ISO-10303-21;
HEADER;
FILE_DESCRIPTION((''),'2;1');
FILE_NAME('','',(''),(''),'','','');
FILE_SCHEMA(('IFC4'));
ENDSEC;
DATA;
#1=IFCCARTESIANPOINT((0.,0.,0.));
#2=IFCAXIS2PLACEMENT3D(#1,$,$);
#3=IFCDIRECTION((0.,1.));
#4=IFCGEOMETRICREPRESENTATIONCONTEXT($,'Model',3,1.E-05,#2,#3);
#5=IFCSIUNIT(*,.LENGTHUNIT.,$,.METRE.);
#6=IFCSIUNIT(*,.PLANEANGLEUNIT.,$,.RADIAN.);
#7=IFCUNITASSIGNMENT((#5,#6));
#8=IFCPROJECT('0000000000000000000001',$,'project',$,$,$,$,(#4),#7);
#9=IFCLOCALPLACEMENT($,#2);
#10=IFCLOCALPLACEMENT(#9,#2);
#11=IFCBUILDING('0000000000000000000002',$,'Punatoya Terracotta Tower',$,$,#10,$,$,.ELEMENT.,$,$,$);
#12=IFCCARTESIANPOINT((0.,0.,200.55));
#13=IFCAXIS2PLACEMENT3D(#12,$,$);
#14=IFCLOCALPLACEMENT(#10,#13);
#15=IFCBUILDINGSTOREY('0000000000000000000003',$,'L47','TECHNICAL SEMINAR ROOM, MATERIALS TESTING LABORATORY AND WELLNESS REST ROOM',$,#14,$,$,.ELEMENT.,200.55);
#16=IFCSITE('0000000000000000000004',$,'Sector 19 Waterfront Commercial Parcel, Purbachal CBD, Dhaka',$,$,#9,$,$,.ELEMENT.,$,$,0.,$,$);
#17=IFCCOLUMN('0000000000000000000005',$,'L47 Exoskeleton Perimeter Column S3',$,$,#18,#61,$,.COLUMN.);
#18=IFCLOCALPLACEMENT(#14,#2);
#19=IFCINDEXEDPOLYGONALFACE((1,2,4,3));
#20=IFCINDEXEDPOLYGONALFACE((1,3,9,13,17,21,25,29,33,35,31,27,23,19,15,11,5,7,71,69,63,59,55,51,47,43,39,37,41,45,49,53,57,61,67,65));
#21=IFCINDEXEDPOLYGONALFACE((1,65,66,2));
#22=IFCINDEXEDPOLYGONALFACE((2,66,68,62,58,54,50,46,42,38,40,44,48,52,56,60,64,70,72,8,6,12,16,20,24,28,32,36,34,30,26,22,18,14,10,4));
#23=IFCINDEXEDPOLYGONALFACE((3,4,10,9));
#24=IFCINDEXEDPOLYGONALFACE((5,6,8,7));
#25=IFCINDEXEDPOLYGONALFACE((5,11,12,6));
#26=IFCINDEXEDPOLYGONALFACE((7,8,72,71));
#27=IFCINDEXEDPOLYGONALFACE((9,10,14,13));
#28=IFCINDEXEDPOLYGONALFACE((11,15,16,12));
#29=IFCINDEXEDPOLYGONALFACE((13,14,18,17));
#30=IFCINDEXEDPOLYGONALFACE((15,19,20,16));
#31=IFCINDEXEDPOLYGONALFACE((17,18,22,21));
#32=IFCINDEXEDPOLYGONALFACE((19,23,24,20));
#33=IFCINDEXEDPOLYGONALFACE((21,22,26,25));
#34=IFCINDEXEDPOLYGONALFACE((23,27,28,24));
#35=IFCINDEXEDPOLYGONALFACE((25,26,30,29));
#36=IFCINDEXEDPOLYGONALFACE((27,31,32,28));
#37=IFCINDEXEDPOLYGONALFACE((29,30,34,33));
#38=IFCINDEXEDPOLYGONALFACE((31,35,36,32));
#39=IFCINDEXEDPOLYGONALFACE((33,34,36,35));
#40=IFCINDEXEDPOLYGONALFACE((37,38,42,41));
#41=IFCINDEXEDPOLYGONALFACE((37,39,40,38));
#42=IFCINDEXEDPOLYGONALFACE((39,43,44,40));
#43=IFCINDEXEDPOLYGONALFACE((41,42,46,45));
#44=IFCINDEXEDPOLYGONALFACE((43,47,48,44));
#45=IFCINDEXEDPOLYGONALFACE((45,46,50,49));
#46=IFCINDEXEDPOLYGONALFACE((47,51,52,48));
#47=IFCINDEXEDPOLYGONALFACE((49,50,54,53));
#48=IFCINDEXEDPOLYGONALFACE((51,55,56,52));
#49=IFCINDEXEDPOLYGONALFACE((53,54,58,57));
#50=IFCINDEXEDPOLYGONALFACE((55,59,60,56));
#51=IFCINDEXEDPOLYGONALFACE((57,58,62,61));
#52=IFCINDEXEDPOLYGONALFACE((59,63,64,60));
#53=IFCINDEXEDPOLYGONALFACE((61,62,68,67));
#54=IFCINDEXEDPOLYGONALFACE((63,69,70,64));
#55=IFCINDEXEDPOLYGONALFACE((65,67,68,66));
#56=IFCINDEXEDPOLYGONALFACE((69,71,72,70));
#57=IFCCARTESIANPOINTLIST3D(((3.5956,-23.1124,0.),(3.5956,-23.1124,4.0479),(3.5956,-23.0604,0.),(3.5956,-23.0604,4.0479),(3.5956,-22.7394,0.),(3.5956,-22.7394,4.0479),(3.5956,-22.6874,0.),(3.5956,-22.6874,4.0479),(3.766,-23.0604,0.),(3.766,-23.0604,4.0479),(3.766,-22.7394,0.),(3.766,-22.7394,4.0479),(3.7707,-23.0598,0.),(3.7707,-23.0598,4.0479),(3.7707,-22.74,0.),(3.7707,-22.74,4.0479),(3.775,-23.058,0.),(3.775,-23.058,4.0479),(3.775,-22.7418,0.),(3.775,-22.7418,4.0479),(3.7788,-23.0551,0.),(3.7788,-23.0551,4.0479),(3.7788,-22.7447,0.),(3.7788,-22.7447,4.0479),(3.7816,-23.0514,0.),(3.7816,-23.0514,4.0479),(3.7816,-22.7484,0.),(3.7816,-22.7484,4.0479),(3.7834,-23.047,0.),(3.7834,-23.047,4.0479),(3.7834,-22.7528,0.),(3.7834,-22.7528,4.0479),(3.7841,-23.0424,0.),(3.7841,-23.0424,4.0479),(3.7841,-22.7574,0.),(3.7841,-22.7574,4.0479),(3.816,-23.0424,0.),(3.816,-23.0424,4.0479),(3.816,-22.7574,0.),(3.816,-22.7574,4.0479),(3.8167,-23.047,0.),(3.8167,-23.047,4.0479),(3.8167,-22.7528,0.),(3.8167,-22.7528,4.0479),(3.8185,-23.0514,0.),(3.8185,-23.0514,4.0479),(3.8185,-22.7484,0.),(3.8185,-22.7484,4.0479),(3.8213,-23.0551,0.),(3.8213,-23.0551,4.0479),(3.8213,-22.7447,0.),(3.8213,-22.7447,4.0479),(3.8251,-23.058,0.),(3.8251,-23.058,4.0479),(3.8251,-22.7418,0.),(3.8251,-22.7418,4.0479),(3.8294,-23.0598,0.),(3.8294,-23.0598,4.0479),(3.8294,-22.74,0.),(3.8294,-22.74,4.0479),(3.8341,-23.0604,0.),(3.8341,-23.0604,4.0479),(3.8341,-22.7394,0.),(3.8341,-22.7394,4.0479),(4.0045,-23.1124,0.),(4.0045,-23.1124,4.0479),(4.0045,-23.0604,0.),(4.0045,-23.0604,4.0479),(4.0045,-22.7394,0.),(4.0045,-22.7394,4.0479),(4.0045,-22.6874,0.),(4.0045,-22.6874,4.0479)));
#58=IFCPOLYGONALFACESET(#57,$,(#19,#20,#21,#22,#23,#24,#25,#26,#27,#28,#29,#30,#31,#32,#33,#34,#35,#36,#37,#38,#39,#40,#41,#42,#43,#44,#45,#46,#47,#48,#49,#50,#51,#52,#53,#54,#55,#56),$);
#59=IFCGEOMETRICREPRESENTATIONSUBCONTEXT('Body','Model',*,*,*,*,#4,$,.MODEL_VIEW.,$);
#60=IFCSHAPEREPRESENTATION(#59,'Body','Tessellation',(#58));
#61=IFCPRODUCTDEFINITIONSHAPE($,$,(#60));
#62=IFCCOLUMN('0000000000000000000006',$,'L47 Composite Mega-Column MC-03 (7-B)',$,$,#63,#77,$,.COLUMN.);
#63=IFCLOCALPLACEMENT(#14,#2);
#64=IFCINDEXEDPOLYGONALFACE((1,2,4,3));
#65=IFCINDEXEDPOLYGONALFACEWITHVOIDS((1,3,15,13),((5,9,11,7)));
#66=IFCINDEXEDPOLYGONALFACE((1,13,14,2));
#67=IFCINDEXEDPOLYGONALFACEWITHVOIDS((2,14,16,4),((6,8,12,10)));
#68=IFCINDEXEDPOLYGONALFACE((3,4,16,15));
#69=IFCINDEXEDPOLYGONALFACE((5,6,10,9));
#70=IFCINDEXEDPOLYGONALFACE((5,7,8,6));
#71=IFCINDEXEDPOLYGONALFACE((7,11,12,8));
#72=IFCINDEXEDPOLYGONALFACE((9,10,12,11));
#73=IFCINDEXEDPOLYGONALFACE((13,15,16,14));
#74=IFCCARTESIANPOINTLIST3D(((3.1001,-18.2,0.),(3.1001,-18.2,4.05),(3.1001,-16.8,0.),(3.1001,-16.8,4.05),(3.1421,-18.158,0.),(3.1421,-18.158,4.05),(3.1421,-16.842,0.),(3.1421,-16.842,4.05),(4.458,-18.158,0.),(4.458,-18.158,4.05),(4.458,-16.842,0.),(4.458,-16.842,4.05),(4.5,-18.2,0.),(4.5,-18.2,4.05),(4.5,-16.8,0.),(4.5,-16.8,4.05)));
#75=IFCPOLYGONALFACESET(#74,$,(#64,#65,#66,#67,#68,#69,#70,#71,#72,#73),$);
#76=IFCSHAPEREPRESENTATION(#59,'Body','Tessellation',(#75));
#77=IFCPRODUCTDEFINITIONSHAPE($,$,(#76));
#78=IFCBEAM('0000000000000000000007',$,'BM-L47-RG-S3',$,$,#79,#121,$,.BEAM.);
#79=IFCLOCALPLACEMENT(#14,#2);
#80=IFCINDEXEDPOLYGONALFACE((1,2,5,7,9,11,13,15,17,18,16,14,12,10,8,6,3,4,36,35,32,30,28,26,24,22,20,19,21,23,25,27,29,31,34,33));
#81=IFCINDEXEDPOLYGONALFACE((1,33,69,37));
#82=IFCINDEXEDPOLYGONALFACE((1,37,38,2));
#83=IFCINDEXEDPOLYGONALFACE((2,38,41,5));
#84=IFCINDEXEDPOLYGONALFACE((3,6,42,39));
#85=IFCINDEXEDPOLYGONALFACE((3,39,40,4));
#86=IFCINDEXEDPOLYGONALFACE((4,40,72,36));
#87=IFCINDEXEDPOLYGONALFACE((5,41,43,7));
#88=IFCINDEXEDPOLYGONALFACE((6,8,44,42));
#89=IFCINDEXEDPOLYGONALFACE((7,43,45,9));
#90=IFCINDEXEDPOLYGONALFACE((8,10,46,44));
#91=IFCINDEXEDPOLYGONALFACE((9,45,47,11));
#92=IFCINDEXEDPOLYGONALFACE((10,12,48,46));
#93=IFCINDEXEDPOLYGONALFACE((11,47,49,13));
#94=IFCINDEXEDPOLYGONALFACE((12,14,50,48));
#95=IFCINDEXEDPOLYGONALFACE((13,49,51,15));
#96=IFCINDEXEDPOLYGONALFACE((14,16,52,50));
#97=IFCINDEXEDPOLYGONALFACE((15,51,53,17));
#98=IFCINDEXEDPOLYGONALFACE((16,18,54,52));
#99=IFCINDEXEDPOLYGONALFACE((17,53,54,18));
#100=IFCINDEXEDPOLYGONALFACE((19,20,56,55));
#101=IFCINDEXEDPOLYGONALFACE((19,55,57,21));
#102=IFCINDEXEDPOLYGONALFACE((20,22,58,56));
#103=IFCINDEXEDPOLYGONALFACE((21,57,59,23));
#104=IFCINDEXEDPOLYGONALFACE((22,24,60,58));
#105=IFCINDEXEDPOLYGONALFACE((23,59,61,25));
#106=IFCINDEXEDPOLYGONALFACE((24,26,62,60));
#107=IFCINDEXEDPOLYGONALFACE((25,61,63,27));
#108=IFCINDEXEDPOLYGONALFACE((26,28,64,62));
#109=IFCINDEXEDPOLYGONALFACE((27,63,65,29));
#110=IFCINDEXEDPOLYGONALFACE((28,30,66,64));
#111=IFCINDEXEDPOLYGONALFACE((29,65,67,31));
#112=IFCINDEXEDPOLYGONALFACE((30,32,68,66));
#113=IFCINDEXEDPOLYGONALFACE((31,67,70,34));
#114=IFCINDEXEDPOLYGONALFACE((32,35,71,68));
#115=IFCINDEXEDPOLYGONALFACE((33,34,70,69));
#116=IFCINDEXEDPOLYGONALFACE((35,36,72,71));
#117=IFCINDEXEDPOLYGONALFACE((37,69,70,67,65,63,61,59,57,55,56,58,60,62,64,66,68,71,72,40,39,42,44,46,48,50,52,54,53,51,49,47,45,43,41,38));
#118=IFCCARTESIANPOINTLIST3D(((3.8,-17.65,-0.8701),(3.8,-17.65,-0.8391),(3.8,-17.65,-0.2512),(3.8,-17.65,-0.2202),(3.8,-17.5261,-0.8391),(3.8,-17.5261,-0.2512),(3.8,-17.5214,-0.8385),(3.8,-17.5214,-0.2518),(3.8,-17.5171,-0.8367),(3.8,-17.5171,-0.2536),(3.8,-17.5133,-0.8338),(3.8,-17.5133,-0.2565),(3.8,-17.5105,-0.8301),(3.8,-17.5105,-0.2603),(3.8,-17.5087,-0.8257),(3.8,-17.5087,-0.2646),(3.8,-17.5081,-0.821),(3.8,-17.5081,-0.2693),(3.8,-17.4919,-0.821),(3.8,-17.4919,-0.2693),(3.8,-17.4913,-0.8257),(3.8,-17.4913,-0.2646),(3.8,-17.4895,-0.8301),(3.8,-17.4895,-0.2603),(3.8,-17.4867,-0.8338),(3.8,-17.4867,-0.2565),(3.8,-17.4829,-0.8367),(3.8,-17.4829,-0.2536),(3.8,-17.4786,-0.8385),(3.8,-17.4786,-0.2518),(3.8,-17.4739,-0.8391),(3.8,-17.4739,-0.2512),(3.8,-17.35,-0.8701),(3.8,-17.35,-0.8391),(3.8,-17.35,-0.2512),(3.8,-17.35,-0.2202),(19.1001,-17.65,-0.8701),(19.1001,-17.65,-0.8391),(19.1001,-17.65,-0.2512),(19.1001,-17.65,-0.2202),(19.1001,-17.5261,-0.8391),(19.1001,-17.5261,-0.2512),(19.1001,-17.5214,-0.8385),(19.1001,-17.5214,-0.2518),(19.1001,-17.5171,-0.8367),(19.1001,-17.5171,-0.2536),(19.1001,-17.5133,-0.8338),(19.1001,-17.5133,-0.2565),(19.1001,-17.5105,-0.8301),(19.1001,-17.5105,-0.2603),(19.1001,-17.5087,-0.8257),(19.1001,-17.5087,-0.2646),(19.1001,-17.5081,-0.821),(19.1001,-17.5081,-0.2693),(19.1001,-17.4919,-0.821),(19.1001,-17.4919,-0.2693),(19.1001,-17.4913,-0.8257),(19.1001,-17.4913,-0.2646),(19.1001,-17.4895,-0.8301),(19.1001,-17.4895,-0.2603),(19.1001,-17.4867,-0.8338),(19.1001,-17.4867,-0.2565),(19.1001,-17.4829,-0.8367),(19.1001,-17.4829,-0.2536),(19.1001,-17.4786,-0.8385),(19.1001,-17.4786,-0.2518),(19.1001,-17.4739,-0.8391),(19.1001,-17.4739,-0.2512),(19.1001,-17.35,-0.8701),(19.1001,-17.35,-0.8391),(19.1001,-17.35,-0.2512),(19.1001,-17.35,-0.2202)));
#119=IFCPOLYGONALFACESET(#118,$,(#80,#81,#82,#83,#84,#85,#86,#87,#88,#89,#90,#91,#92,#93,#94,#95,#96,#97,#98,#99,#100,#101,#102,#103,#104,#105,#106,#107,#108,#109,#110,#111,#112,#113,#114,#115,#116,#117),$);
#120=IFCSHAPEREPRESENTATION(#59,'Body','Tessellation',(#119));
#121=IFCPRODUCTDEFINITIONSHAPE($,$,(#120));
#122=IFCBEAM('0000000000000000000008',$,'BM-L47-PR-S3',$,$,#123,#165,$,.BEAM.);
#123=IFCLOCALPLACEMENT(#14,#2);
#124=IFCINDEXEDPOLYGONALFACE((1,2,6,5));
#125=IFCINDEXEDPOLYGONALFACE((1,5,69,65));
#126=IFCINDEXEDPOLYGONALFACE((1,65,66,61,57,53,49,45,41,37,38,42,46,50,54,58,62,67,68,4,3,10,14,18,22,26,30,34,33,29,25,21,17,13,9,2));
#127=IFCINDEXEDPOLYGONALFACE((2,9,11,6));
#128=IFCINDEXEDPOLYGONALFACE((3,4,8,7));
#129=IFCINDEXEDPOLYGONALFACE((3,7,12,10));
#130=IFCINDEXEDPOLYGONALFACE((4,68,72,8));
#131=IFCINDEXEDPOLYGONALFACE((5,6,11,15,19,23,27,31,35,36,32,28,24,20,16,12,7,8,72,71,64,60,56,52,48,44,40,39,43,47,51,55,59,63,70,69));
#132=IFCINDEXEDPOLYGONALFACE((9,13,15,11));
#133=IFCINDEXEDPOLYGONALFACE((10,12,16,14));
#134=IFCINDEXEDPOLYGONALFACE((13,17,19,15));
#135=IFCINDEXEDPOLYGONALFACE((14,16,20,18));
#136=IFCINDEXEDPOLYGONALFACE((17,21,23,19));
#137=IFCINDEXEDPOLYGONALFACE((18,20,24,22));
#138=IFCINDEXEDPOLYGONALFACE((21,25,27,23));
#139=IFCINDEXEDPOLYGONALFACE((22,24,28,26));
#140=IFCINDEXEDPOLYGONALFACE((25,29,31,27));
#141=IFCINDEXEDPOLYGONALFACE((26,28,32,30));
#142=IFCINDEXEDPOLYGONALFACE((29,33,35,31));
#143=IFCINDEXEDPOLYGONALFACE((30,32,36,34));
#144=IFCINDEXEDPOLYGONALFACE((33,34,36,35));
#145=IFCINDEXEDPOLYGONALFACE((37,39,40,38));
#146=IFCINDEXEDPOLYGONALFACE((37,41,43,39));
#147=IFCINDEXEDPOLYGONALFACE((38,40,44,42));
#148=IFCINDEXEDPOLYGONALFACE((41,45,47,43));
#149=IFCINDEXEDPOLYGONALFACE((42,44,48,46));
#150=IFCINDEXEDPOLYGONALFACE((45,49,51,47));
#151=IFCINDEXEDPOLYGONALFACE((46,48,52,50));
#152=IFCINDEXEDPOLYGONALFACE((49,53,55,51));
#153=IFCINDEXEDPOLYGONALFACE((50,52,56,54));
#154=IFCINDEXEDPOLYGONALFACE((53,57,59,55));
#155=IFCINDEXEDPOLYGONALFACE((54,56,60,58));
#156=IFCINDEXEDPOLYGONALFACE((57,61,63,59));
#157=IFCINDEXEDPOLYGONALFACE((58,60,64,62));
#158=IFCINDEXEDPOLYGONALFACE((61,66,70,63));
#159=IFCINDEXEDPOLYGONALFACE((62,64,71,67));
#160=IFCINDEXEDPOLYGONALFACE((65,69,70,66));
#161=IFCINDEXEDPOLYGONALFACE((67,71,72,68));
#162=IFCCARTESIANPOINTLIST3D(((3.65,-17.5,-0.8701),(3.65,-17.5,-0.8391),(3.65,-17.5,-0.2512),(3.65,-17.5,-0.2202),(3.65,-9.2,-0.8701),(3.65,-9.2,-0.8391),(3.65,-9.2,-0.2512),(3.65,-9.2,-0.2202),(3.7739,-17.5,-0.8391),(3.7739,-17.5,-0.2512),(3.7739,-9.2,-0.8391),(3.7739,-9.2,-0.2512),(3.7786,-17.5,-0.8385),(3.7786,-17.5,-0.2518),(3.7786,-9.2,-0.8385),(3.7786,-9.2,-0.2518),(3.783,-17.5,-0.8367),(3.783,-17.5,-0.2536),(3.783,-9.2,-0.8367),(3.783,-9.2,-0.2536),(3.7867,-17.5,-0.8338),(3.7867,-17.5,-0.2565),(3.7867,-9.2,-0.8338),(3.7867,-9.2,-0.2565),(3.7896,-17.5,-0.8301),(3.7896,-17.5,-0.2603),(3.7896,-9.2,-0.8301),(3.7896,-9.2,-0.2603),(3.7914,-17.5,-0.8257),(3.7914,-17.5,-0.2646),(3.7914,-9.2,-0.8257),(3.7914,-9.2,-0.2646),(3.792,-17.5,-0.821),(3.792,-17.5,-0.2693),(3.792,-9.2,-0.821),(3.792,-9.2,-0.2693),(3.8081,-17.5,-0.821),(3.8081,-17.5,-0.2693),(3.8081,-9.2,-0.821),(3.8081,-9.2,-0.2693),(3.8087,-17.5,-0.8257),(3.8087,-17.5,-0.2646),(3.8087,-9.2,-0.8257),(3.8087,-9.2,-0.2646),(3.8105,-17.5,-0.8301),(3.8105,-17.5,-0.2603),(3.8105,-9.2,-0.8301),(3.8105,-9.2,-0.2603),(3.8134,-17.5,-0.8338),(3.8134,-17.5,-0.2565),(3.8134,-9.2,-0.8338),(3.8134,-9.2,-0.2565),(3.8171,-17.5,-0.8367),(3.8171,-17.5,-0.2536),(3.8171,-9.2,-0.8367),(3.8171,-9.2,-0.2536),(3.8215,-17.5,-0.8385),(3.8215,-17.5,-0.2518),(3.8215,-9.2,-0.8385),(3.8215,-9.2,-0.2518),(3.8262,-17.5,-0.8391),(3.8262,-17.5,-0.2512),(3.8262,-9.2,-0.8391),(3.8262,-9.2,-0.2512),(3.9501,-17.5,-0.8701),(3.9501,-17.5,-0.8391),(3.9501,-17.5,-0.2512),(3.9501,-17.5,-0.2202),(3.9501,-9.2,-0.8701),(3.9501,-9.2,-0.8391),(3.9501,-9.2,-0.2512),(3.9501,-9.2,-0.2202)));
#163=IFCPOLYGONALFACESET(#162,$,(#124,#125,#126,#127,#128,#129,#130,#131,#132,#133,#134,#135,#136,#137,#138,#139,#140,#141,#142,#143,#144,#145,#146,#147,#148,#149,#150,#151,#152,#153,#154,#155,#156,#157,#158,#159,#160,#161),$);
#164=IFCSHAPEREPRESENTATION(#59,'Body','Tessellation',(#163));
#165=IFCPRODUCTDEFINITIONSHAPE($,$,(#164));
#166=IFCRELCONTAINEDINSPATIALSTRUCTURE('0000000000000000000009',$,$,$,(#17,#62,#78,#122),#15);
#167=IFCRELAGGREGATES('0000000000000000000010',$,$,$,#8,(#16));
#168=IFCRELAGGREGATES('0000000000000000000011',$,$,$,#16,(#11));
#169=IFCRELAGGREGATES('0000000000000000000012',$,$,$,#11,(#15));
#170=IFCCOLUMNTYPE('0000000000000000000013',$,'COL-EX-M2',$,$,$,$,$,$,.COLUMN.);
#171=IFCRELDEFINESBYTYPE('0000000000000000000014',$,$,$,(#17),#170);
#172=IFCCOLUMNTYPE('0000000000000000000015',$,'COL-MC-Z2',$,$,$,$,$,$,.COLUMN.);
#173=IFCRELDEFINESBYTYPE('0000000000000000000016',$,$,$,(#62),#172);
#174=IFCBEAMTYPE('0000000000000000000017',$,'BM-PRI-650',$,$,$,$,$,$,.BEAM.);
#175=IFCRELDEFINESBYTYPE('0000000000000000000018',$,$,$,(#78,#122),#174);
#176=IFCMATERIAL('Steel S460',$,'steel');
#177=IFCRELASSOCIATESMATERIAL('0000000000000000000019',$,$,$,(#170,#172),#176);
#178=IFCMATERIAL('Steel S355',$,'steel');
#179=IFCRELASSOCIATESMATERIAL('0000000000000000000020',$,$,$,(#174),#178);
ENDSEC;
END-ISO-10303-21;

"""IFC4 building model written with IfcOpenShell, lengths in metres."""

from ifc_helpers import new_model, si_unit, direction, frame, origin, origin_2d, place, context, subcontext, project, spatial, hollow_rectangle, i_section, extrude, material, material_profile, profile_set, type_object, element, save


model = new_model("IFC4")

# Units and contexts
model_context = context("Model", 3, precision=1e-05, world=origin(), true_north=direction((0.0, 1.0)))
body_context = subcontext(model_context, "Body", "Model", "MODEL_VIEW")
ifc_project = project(units=[si_unit("LENGTHUNIT", "METRE"), si_unit("PLANEANGLEUNIT", "RADIAN")], contexts=[model_context])

# Site, building, storey
site_placement = place(None, origin())
site = spatial("IfcSite", under=ifc_project, at=site_placement, Name="Sector 19 Waterfront Commercial Parcel, Purbachal CBD, Dhaka", CompositionType="ELEMENT", RefElevation=0.0)
building_placement = place(site_placement, origin())
building = spatial("IfcBuilding", under=site, at=building_placement, Name="Punatoya Terracotta Tower", CompositionType="ELEMENT")
storey_placement = place(building_placement, frame((0.0, 0.0, 200.55)))
storey = spatial("IfcBuildingStorey", under=building, at=storey_placement, Name="L47", Description="TECHNICAL SEMINAR ROOM, MATERIALS TESTING LABORATORY AND WELLNESS REST ROOM", CompositionType="ELEMENT", Elevation=200.55)

# Columns
ifc_material_1 = material(Name="Steel S460", Category="steel")
ifc_material_profile_1 = material_profile(ifc_material_1, i_section(OverallWidth=0.4089, OverallDepth=0.425, WebThickness=0.032, FlangeThickness=0.052, FilletRadius=0.0181, at=origin_2d()))
ifc_profile_set_1 = profile_set([ifc_material_profile_1], Name="Steel S460")
column_type_1 = type_object("IfcColumnType", Name="COL-EX-M2", PredefinedType="COLUMN", material=ifc_profile_set_1)
column_1_placement = place(storey_placement, frame((3.8, -22.8999, 0.0), z_axis=(0.0, 0.0, 1.0), x_axis=(1.0, 0.0, 0.0)))
element("IfcColumn", 1, at=column_1_placement, inside=storey, type_object=column_type_1, Name="L47 Exoskeleton Perimeter Column S3", PredefinedType="COLUMN", context=body_context, shape_type="SweptSolid", body=[
    extrude(i_section(OverallWidth=0.4089, OverallDepth=0.425, WebThickness=0.032, FlangeThickness=0.052, FilletRadius=0.0181, at=origin_2d()), origin(), (0.0, 0.0, 1.0), 4.0479),
])
ifc_material_profile_2 = material_profile(ifc_material_1, hollow_rectangle(XDim=1.3999, YDim=1.3999, WallThickness=0.042, at=origin_2d()))
ifc_profile_set_2 = profile_set([ifc_material_profile_2], Name="Steel S460")
column_type_2 = type_object("IfcColumnType", Name="COL-MC-Z2", PredefinedType="COLUMN", material=ifc_profile_set_2)
column_2_placement = place(storey_placement, frame((3.8, -17.5, 0.0), z_axis=(0.0, 0.0, 1.0), x_axis=(1.0, 0.0, 0.0)))
element("IfcColumn", 2, at=column_2_placement, inside=storey, type_object=column_type_2, Name="L47 Composite Mega-Column MC-03 (7-B)", PredefinedType="COLUMN", context=body_context, shape_type="SweptSolid", body=[
    extrude(hollow_rectangle(XDim=1.3999, YDim=1.3999, WallThickness=0.042, at=origin_2d()), origin(), (0.0, 0.0, 1.0), 4.05),
])

# Beams
ifc_material_2 = material(Name="Steel S355", Category="steel")
ifc_material_profile_3 = material_profile(ifc_material_2, i_section(OverallWidth=0.3, OverallDepth=0.6499, WebThickness=0.0161, FlangeThickness=0.031, FilletRadius=0.0181, at=origin_2d()))
ifc_profile_set_3 = profile_set([ifc_material_profile_3], Name="Steel S355")
beam_type_1 = type_object("IfcBeamType", Name="BM-PRI-650", PredefinedType="BEAM", material=ifc_profile_set_3)
beam_1_placement = place(storey_placement, frame((3.8, -17.5, -0.5452), z_axis=(1.0, 0.0, 0.0), x_axis=(0.0, 1.0, 0.0)))
element("IfcBeam", 3, at=beam_1_placement, inside=storey, type_object=beam_type_1, Name="BM-L47-RG-S3", PredefinedType="BEAM", context=body_context, shape_type="SweptSolid", body=[
    extrude(i_section(OverallWidth=0.3, OverallDepth=0.6499, WebThickness=0.0161, FlangeThickness=0.031, FilletRadius=0.0181, at=origin_2d()), origin(), (0.0, 0.0, 1.0), 15.3),
])
for number, where, z_axis, x_axis, name in (
    (4, (3.8, -17.5, -0.5452), (0.0, 1.0, 0.0), (-1.0, 0.0, 0.0), "BM-L47-PR-S3"),
):
    element("IfcBeam", number, at=place(storey_placement, frame(where, z_axis=z_axis, x_axis=x_axis)), inside=storey, type_object=beam_type_1, Name=name, PredefinedType="BEAM", context=body_context, shape_type="SweptSolid", body=[
        extrude(i_section(OverallWidth=0.3, OverallDepth=0.6499, WebThickness=0.0161, FlangeThickness=0.031, FilletRadius=0.0181, at=origin_2d()), origin(), (0.0, 0.0, 1.0), 8.3),
    ])

save(model, "model.ifc")
